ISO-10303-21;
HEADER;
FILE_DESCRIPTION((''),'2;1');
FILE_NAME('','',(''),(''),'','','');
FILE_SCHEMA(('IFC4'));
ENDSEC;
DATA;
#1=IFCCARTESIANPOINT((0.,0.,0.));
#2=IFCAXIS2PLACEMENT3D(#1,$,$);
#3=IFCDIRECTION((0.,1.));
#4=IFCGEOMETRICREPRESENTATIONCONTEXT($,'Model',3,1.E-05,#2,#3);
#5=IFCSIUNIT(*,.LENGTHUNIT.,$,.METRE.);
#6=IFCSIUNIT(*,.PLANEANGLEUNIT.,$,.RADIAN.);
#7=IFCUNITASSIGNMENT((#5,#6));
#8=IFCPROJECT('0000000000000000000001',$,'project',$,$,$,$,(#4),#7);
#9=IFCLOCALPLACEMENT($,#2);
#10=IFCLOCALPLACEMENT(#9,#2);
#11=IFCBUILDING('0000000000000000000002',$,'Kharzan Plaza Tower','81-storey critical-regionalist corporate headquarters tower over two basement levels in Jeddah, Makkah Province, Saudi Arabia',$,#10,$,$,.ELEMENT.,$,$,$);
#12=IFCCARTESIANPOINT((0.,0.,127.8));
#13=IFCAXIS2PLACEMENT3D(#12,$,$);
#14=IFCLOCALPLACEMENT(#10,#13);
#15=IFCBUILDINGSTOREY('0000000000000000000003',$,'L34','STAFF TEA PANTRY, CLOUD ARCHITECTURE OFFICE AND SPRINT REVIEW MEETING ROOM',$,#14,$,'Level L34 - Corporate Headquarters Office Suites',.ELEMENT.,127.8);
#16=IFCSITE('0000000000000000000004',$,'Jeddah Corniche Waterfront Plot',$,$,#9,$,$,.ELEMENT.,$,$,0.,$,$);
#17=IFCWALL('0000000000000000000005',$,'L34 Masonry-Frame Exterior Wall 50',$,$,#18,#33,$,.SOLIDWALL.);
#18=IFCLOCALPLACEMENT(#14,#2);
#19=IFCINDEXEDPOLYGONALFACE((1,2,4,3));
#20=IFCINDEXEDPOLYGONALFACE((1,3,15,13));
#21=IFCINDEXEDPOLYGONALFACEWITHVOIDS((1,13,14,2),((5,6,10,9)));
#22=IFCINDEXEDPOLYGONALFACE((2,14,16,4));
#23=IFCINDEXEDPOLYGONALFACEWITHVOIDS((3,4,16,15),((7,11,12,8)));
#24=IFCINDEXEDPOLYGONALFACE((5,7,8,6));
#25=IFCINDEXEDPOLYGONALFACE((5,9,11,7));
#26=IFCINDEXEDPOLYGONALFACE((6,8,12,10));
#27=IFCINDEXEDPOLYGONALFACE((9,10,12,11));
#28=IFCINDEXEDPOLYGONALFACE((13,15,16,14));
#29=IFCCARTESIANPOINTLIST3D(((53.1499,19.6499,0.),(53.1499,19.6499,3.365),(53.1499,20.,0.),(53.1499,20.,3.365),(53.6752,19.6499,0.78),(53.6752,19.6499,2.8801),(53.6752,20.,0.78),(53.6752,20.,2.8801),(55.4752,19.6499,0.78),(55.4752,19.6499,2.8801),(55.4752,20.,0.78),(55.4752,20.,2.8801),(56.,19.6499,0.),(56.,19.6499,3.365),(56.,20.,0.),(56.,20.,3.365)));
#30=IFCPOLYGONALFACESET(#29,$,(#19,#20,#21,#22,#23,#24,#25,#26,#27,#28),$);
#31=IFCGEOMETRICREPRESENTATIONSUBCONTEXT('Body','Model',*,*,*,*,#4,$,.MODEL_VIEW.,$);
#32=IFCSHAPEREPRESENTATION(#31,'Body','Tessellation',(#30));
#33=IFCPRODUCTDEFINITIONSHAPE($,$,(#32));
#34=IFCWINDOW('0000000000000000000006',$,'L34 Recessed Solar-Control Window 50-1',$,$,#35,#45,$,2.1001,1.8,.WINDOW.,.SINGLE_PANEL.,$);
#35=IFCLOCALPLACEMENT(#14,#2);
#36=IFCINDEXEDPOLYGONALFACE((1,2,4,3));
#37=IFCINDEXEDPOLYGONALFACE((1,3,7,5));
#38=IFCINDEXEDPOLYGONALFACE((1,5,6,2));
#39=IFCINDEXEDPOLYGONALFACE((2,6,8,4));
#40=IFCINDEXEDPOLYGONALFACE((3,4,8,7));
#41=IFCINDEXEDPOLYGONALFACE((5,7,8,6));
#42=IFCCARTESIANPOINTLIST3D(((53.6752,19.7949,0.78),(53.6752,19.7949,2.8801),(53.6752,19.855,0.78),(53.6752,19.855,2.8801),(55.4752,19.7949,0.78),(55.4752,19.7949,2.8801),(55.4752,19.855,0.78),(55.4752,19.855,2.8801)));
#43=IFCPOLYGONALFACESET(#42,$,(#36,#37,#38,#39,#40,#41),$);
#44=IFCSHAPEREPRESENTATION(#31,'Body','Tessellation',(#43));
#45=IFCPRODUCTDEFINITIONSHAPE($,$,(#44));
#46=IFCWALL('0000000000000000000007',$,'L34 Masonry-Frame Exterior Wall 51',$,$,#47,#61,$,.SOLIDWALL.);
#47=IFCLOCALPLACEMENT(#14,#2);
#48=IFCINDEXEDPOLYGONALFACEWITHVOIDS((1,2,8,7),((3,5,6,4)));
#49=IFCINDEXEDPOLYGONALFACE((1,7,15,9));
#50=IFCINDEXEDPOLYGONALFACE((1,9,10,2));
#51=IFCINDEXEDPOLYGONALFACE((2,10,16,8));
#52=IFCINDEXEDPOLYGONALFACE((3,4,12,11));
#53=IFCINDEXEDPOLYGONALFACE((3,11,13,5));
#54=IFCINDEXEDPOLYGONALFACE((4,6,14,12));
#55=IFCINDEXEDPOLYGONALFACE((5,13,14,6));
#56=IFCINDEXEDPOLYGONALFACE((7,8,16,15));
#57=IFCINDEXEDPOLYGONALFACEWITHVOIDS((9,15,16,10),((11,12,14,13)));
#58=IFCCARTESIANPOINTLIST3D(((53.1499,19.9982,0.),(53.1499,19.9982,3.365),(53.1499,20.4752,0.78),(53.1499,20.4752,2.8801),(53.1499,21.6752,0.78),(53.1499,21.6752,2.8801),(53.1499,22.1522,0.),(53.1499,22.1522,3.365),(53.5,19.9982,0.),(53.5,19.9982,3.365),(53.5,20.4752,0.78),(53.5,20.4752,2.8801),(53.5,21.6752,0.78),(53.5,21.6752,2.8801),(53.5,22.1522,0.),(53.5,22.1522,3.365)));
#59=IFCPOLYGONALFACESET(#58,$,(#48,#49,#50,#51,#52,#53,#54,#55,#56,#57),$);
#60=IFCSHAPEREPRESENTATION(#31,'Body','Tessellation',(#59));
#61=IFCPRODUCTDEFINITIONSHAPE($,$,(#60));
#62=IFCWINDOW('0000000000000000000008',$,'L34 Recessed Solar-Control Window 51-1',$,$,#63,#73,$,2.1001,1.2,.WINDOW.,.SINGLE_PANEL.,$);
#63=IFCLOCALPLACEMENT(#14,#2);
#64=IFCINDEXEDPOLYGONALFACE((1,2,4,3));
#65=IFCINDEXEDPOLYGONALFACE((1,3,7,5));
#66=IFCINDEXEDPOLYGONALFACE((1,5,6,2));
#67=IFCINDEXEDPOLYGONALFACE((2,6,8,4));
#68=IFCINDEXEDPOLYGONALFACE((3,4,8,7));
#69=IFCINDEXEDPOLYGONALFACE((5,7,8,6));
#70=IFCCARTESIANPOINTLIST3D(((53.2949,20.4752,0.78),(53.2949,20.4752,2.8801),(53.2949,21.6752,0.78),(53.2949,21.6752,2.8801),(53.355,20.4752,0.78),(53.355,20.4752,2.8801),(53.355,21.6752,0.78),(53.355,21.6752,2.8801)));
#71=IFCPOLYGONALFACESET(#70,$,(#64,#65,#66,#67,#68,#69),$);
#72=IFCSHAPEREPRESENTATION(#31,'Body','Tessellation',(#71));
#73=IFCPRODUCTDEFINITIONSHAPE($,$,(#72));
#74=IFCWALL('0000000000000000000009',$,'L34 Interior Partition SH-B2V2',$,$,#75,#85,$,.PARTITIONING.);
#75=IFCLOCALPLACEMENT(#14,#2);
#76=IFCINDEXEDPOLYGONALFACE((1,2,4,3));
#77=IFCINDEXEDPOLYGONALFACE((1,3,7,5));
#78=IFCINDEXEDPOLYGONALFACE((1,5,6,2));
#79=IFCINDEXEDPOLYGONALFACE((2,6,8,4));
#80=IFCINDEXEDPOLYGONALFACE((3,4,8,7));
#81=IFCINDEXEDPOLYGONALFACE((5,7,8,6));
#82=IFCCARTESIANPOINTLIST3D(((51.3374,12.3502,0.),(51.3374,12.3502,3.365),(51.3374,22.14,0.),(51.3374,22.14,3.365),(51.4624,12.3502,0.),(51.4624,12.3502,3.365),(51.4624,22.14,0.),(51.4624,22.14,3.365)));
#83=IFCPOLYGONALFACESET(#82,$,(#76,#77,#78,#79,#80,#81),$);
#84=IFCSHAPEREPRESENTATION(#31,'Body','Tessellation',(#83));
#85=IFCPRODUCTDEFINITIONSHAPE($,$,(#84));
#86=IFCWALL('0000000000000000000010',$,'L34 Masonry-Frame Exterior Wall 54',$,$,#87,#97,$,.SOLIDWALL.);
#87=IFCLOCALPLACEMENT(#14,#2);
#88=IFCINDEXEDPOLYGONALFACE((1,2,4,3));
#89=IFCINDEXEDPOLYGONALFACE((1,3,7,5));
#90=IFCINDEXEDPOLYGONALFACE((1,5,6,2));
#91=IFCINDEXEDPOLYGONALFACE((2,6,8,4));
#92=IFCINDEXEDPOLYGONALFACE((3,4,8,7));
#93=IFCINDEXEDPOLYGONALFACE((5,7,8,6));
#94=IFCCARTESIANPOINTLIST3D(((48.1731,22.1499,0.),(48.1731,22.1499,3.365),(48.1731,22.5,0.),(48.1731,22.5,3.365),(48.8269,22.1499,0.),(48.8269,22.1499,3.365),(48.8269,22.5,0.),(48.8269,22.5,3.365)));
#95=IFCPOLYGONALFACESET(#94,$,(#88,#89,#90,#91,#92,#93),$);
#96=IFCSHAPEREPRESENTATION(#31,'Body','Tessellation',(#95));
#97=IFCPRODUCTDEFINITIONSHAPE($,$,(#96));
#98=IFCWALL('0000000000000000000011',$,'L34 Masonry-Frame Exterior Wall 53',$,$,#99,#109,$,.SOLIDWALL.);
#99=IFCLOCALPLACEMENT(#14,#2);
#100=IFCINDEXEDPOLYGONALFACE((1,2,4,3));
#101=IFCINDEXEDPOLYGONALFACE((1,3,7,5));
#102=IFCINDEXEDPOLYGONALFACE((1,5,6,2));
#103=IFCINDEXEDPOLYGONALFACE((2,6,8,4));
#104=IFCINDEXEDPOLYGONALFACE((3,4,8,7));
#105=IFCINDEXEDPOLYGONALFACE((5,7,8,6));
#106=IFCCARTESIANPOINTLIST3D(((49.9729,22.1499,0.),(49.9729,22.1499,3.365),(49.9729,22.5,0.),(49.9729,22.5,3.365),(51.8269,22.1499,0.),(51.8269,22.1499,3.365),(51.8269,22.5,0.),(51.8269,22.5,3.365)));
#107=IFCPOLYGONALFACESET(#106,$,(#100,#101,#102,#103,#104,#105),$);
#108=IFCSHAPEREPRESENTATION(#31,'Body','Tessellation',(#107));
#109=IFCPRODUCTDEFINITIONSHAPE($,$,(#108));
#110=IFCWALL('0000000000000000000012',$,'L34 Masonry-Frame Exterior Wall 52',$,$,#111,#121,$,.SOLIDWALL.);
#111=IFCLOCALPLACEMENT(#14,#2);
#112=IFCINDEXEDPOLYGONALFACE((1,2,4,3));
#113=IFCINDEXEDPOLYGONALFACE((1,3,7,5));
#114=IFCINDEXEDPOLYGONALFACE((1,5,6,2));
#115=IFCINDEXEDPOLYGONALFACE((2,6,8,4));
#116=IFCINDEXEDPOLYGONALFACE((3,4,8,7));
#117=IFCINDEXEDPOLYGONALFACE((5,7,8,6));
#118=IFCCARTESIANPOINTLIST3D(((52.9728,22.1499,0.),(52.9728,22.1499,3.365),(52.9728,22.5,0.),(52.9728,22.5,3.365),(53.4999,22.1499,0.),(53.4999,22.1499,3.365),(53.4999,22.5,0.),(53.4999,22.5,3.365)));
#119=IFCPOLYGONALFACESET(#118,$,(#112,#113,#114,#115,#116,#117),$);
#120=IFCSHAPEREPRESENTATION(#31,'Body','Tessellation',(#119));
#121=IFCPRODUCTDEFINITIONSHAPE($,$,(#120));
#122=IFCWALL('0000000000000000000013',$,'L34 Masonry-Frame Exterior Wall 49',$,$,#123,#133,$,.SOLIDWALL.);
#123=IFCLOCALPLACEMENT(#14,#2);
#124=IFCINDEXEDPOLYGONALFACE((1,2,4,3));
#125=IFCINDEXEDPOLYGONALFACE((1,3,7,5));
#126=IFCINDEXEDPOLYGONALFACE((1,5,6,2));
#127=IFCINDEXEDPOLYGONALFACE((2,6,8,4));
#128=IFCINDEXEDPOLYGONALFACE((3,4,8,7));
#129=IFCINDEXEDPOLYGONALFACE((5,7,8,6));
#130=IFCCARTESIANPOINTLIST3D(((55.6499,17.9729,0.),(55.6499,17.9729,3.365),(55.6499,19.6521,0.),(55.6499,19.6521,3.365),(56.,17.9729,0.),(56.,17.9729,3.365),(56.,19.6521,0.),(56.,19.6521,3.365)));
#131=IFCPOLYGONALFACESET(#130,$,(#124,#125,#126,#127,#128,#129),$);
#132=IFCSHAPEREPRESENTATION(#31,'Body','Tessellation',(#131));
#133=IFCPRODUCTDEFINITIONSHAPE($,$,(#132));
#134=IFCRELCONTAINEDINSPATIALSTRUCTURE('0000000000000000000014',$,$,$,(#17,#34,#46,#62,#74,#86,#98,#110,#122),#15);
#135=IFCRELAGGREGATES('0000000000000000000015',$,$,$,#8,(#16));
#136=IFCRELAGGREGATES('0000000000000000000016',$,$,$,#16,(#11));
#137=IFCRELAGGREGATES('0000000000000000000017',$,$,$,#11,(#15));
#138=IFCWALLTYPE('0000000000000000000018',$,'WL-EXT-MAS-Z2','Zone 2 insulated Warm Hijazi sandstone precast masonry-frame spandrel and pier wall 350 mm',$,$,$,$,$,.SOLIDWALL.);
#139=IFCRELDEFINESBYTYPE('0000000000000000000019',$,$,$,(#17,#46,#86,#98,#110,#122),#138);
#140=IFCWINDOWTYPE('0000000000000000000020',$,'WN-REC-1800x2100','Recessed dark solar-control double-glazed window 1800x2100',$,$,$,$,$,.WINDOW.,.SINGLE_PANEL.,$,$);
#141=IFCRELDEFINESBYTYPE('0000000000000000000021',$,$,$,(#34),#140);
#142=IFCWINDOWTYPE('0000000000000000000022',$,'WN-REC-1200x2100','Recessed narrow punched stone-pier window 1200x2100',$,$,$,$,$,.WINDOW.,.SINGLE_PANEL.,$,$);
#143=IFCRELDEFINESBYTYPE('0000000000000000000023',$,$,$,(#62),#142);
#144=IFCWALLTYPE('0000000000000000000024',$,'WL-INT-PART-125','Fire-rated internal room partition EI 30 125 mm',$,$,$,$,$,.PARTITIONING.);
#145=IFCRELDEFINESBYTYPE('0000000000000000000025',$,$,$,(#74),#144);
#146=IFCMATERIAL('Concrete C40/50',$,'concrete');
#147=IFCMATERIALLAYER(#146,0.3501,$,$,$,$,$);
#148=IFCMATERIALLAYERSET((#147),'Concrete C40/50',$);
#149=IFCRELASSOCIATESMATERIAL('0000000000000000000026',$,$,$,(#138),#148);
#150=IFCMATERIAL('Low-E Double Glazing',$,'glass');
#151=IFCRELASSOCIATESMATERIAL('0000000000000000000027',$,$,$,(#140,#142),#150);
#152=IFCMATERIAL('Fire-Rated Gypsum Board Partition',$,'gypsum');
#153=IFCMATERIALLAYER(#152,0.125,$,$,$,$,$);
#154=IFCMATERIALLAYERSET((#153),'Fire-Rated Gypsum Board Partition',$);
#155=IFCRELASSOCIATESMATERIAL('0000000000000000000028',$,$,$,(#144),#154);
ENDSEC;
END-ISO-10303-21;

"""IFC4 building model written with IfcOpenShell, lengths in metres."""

from ifc_helpers import new_model, si_unit, direction, frame, frame_2d, origin, place, context, subcontext, project, spatial, rectangle, extrude, source, transform, mapped, material, layer, layer_set, type_object, element, fill, save


model = new_model("IFC4")

# Units and contexts
model_context = context("Model", 3, precision=1e-05, world=origin(), true_north=direction((0.0, 1.0)))
body_context = subcontext(model_context, "Body", "Model", "MODEL_VIEW")
ifc_project = project(units=[si_unit("LENGTHUNIT", "METRE"), si_unit("PLANEANGLEUNIT", "RADIAN")], contexts=[model_context])

# Site, building, storey
site_placement = place(None, origin())
site = spatial("IfcSite", under=ifc_project, at=site_placement, Name="Jeddah Corniche Waterfront Plot", CompositionType="ELEMENT", RefElevation=0.0)
building_placement = place(site_placement, origin())
building = spatial("IfcBuilding", under=site, at=building_placement, Name="Kharzan Plaza Tower", Description="81-storey critical-regionalist corporate headquarters tower over two basement levels in Jeddah, Makkah Province, Saudi Arabia", CompositionType="ELEMENT")
storey_placement = place(building_placement, frame((0.0, 0.0, 127.8)))
storey = spatial("IfcBuildingStorey", under=building, at=storey_placement, Name="L34", Description="STAFF TEA PANTRY, CLOUD ARCHITECTURE OFFICE AND SPRINT REVIEW MEETING ROOM", LongName="Level L34 - Corporate Headquarters Office Suites", CompositionType="ELEMENT", Elevation=127.8)

# Walls, openings, windows
ifc_material_1 = material(Name="Concrete C40/50", Category="concrete")
ifc_layer_1 = layer(ifc_material_1, 0.3501)
ifc_layer_set_1 = layer_set([ifc_layer_1], Name="Concrete C40/50")
wall_type_1 = type_object("IfcWallType", Name="WL-EXT-MAS-Z2", Description="Zone 2 insulated Warm Hijazi sandstone precast masonry-frame spandrel and pier wall 350 mm", PredefinedType="SOLIDWALL", material=ifc_layer_set_1)
ifc_material_2 = material(Name="Low-E Double Glazing", Category="glass")
window_type_1 = type_object("IfcWindowType", Name="WN-REC-1800x2100", Description="Recessed dark solar-control double-glazed window 1800x2100", PartitioningType="SINGLE_PANEL", PredefinedType="WINDOW", material=ifc_material_2)
shared_shape_1 = source(origin(), body_context, "Body", "SweptSolid", [
    extrude(rectangle(XDim=1.8, YDim=2.1001, at=frame_2d((0.8999, 1.05))), frame((0.0, 0.03, 0.0), z_axis=(0.0, -1.0, 0.0), x_axis=(1.0, 0.0, 0.0)), (0.0, 0.0, 1.0), 0.0601),
])
wall_1_placement = place(storey_placement, frame((56.0, 19.825, 0.0), z_axis=(0.0, 0.0, 1.0), x_axis=(-1.0, 0.0, 0.0)))
wall_1 = element("IfcWall", 1, at=wall_1_placement, inside=storey, type_object=wall_type_1, Name="L34 Masonry-Frame Exterior Wall 50", PredefinedType="SOLIDWALL", context=body_context, shape_type="SweptSolid", body=[
    extrude(rectangle(XDim=2.8501, YDim=0.3501, at=frame_2d((1.425, 0.0))), origin(), (0.0, 0.0, 1.0), 3.365),
])
opening_1_placement = place(wall_1_placement, frame((0.5249, 0.0, 0.78)))
opening_1 = element("IfcOpeningElement", 2, at=opening_1_placement, cuts=wall_1, PredefinedType="OPENING", context=body_context, shape_type="SweptSolid", body=[
    extrude(rectangle(XDim=1.8, YDim=2.1001, at=frame_2d((0.8999, 1.05))), frame((0.0, 0.1851, 0.0), z_axis=(0.0, -1.0, 0.0), x_axis=(1.0, 0.0, 0.0)), (0.0, 0.0, 1.0), 0.3701),
])
window_1_placement = place(opening_1_placement, origin())
window_1 = element("IfcWindow", 3, at=window_1_placement, inside=storey, type_object=window_type_1, Name="L34 Recessed Solar-Control Window 50-1", OverallHeight=2.1001, OverallWidth=1.8, PartitioningType="SINGLE_PANEL", PredefinedType="WINDOW", context=body_context, shape_type="MappedRepresentation", body=[
    mapped(shared_shape_1, transform((0.0, 0.0, 0.0), x_axis=(1.0, 0.0, 0.0), y_axis=(0.0, 1.0, 0.0), z_axis=(0.0, 0.0, 1.0))),
])
fill(opening_1, window_1)
wall_2_placement = place(storey_placement, frame((53.325, 19.998, 0.0), z_axis=(0.0, 0.0, 1.0), x_axis=(0.0, 1.0, 0.0)))
wall_2 = element("IfcWall", 4, at=wall_2_placement, inside=storey, type_object=wall_type_1, Name="L34 Masonry-Frame Exterior Wall 51", PredefinedType="SOLIDWALL", context=body_context, shape_type="SweptSolid", body=[
    extrude(rectangle(XDim=2.1541, YDim=0.3501, at=frame_2d((1.0771, 0.0))), origin(), (0.0, 0.0, 1.0), 3.365),
])
opening_2_placement = place(wall_2_placement, frame((0.4771, 0.0, 0.78)))
opening_2 = element("IfcOpeningElement", 5, at=opening_2_placement, cuts=wall_2, PredefinedType="OPENING", context=body_context, shape_type="SweptSolid", body=[
    extrude(rectangle(XDim=1.2, YDim=2.1001, at=frame_2d((0.6001, 1.05))), frame((0.0, 0.1851, 0.0), z_axis=(0.0, -1.0, 0.0), x_axis=(1.0, 0.0, 0.0)), (0.0, 0.0, 1.0), 0.3701),
])
window_type_2 = type_object("IfcWindowType", Name="WN-REC-1200x2100", Description="Recessed narrow punched stone-pier window 1200x2100", PartitioningType="SINGLE_PANEL", PredefinedType="WINDOW", material=ifc_material_2)
shared_shape_2 = source(origin(), body_context, "Body", "SweptSolid", [
    extrude(rectangle(XDim=1.2, YDim=2.1001, at=frame_2d((0.6001, 1.05))), frame((0.0, 0.03, 0.0), z_axis=(0.0, -1.0, 0.0), x_axis=(1.0, 0.0, 0.0)), (0.0, 0.0, 1.0), 0.0601),
])
window_2_placement = place(opening_2_placement, origin())
window_2 = element("IfcWindow", 6, at=window_2_placement, inside=storey, type_object=window_type_2, Name="L34 Recessed Solar-Control Window 51-1", OverallHeight=2.1001, OverallWidth=1.2, PartitioningType="SINGLE_PANEL", PredefinedType="WINDOW", context=body_context, shape_type="MappedRepresentation", body=[
    mapped(shared_shape_2, transform((0.0, 0.0, 0.0), x_axis=(1.0, 0.0, 0.0), y_axis=(0.0, 1.0, 0.0), z_axis=(0.0, 0.0, 1.0))),
])
fill(opening_2, window_2)

# Walls
ifc_material_3 = material(Name="Fire-Rated Gypsum Board Partition", Category="gypsum")
ifc_layer_2 = layer(ifc_material_3, 0.125)
ifc_layer_set_2 = layer_set([ifc_layer_2], Name="Fire-Rated Gypsum Board Partition")
wall_type_2 = type_object("IfcWallType", Name="WL-INT-PART-125", Description="Fire-rated internal room partition EI 30 125 mm", PredefinedType="PARTITIONING", material=ifc_layer_set_2)
shared_shape_3 = source(origin(), body_context, "Body", "SweptSolid", [
    extrude(rectangle(XDim=9.7898, YDim=0.125, at=frame_2d((4.895, 0.0))), origin(), (0.0, 0.0, 1.0), 3.365),
])
wall_3_placement = place(storey_placement, frame((51.3999, 12.3501, 0.0), z_axis=(0.0, 0.0, 1.0), x_axis=(0.0, 1.0, 0.0)))
element("IfcWall", 7, at=wall_3_placement, inside=storey, type_object=wall_type_2, Name="L34 Interior Partition SH-B2V2", PredefinedType="PARTITIONING", context=body_context, shape_type="MappedRepresentation", body=[
    mapped(shared_shape_3, transform((0.0, 0.0, 0.0), x_axis=(1.0, 0.0, 0.0), y_axis=(0.0, 1.0, 0.0), z_axis=(0.0, 0.0, 1.0))),
])
shared_shape_4 = source(origin(), body_context, "Body", "SweptSolid", [
    extrude(rectangle(XDim=0.6538, YDim=0.3501, at=frame_2d((0.3269, 0.0))), origin(), (0.0, 0.0, 1.0), 3.365),
])
wall_4_placement = place(storey_placement, frame((48.8269, 22.325, 0.0), z_axis=(0.0, 0.0, 1.0), x_axis=(-1.0, 0.0, 0.0)))
element("IfcWall", 8, at=wall_4_placement, inside=storey, type_object=wall_type_1, Name="L34 Masonry-Frame Exterior Wall 54", PredefinedType="SOLIDWALL", context=body_context, shape_type="MappedRepresentation", body=[
    mapped(shared_shape_4, transform((0.0, 0.0, 0.0), x_axis=(1.0, 0.0, 0.0), y_axis=(0.0, 1.0, 0.0), z_axis=(0.0, 0.0, 1.0))),
])
shared_shape_5 = source(origin(), body_context, "Body", "SweptSolid", [
    extrude(rectangle(XDim=1.854, YDim=0.3501, at=frame_2d((0.927, 0.0))), origin(), (0.0, 0.0, 1.0), 3.365),
])
wall_5_placement = place(storey_placement, frame((51.8269, 22.325, 0.0), z_axis=(0.0, 0.0, 1.0), x_axis=(-1.0, 0.0, 0.0)))
element("IfcWall", 9, at=wall_5_placement, inside=storey, type_object=wall_type_1, Name="L34 Masonry-Frame Exterior Wall 53", PredefinedType="SOLIDWALL", context=body_context, shape_type="MappedRepresentation", body=[
    mapped(shared_shape_5, transform((0.0, 0.0, 0.0), x_axis=(1.0, 0.0, 0.0), y_axis=(0.0, 1.0, 0.0), z_axis=(0.0, 0.0, 1.0))),
])
shared_shape_6 = source(origin(), body_context, "Body", "SweptSolid", [
    extrude(rectangle(XDim=0.5271, YDim=0.3501, at=frame_2d((0.2637, 0.0))), origin(), (0.0, 0.0, 1.0), 3.365),
])
wall_6_placement = place(storey_placement, frame((53.5, 22.325, 0.0), z_axis=(0.0, 0.0, 1.0), x_axis=(-1.0, 0.0, 0.0)))
element("IfcWall", 10, at=wall_6_placement, inside=storey, type_object=wall_type_1, Name="L34 Masonry-Frame Exterior Wall 52", PredefinedType="SOLIDWALL", context=body_context, shape_type="MappedRepresentation", body=[
    mapped(shared_shape_6, transform((0.0, 0.0, 0.0), x_axis=(1.0, 0.0, 0.0), y_axis=(0.0, 1.0, 0.0), z_axis=(0.0, 0.0, 1.0))),
])
shared_shape_7 = source(origin(), body_context, "Body", "SweptSolid", [
    extrude(rectangle(XDim=1.6792, YDim=0.3501, at=frame_2d((0.8396, 0.0))), origin(), (0.0, 0.0, 1.0), 3.365),
])
wall_7_placement = place(storey_placement, frame((55.825, 17.9729, 0.0), z_axis=(0.0, 0.0, 1.0), x_axis=(0.0, 1.0, 0.0)))
element("IfcWall", 11, at=wall_7_placement, inside=storey, type_object=wall_type_1, Name="L34 Masonry-Frame Exterior Wall 49", PredefinedType="SOLIDWALL", context=body_context, shape_type="MappedRepresentation", body=[
    mapped(shared_shape_7, transform((0.0, 0.0, 0.0), x_axis=(1.0, 0.0, 0.0), y_axis=(0.0, 1.0, 0.0), z_axis=(0.0, 0.0, 1.0))),
])

save(model, "model.ifc")
